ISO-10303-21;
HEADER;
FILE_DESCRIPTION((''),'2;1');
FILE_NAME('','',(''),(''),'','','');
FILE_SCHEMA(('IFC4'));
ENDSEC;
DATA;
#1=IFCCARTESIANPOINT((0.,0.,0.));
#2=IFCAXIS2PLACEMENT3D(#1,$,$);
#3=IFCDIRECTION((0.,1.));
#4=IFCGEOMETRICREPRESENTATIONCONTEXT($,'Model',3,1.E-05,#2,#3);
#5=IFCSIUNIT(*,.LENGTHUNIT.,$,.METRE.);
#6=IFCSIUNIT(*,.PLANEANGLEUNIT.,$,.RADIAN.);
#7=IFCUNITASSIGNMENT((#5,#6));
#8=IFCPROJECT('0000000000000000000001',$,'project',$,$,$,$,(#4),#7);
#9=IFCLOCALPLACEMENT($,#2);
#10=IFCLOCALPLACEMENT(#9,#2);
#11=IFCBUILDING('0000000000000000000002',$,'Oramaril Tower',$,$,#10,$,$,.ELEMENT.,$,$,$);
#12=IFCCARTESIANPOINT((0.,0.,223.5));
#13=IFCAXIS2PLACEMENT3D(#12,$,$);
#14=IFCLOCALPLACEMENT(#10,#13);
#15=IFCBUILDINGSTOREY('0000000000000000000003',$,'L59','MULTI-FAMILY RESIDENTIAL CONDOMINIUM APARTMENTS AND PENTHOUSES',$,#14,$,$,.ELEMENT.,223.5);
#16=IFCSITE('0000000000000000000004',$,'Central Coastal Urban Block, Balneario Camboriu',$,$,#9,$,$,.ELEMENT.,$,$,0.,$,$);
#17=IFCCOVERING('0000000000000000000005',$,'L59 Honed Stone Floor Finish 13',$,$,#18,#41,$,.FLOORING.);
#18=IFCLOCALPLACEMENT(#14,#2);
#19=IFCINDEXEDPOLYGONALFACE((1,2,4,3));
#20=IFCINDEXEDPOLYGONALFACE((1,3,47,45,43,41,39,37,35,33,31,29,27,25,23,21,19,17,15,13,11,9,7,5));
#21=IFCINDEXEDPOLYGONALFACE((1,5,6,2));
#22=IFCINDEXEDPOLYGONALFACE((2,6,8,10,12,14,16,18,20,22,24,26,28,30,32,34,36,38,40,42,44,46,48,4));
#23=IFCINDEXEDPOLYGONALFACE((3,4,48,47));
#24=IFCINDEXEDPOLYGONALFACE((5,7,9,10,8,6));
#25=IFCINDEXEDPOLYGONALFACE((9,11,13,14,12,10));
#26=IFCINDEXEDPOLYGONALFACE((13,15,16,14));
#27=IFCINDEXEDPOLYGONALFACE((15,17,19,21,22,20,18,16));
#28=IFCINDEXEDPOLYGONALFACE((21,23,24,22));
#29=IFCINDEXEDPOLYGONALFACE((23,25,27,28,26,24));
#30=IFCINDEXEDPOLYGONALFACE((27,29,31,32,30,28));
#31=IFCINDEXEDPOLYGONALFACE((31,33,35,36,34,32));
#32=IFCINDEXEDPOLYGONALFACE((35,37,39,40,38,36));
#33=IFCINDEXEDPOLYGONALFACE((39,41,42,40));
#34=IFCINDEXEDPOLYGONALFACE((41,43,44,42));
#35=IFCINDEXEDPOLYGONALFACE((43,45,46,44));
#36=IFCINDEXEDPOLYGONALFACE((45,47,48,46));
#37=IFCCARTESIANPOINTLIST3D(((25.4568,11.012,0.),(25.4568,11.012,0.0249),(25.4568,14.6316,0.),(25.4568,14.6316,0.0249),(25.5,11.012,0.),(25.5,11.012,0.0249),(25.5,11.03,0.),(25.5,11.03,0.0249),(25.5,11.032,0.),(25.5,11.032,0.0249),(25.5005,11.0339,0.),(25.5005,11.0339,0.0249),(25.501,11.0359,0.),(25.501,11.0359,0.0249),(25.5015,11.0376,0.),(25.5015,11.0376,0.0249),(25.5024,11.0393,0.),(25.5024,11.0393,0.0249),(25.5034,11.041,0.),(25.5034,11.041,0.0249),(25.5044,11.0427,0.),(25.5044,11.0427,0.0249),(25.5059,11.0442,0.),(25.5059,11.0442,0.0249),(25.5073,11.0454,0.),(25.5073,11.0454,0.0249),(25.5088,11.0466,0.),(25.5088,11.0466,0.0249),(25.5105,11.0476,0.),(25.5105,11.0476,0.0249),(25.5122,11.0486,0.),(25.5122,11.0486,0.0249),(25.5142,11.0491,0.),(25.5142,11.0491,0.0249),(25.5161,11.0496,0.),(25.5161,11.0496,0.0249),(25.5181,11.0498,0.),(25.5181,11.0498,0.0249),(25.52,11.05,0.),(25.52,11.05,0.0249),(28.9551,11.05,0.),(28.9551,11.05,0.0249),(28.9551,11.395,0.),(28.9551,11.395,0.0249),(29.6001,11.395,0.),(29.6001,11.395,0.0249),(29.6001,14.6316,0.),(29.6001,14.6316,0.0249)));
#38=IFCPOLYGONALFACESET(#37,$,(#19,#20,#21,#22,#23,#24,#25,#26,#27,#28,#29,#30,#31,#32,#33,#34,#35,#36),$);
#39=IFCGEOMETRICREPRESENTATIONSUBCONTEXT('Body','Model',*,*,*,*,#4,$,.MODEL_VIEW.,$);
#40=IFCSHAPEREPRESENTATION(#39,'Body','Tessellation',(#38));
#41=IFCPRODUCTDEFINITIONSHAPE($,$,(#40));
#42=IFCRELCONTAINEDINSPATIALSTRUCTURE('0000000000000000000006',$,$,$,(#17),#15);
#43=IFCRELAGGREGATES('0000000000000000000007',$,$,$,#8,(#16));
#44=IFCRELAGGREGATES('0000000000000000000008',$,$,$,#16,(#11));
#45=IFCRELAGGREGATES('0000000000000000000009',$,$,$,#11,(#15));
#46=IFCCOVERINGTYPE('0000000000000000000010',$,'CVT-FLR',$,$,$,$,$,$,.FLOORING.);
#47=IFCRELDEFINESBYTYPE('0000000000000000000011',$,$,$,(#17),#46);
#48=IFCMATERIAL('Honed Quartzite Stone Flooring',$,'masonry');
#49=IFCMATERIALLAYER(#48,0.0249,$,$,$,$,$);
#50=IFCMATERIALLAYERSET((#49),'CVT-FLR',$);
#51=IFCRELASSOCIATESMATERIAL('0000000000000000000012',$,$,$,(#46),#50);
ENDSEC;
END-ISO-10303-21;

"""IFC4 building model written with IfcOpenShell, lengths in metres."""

from ifc_helpers import new_model, si_unit, direction, frame, origin, place, context, subcontext, project, spatial, polyline, outline, extrude, material, layer, layer_set, type_object, element, save


model = new_model("IFC4")

# Units and contexts
model_context = context("Model", 3, precision=1e-05, world=origin(), true_north=direction((0.0, 1.0)))
body_context = subcontext(model_context, "Body", "Model", "MODEL_VIEW")
ifc_project = project(units=[si_unit("LENGTHUNIT", "METRE"), si_unit("PLANEANGLEUNIT", "RADIAN")], contexts=[model_context])

# Site, building, storey
site_placement = place(None, origin())
site = spatial("IfcSite", under=ifc_project, at=site_placement, Name="Central Coastal Urban Block, Balneario Camboriu", CompositionType="ELEMENT", RefElevation=0.0)
building_placement = place(site_placement, origin())
building = spatial("IfcBuilding", under=site, at=building_placement, Name="Oramaril Tower", CompositionType="ELEMENT")
storey_placement = place(building_placement, frame((0.0, 0.0, 223.5)))
storey = spatial("IfcBuildingStorey", under=building, at=storey_placement, Name="L59", Description="MULTI-FAMILY RESIDENTIAL CONDOMINIUM APARTMENTS AND PENTHOUSES", CompositionType="ELEMENT", Elevation=223.5)

# Covering
ifc_material_1 = material(Name="Honed Quartzite Stone Flooring", Category="masonry")
ifc_layer_1 = layer(ifc_material_1, 0.0249)
ifc_layer_set_1 = layer_set([ifc_layer_1], Name="CVT-FLR")
covering_type_1 = type_object("IfcCoveringType", Name="CVT-FLR", PredefinedType="FLOORING", material=ifc_layer_set_1)
covering_1_placement = place(storey_placement, origin())
element("IfcCovering", 1, at=covering_1_placement, inside=storey, type_object=covering_type_1, Name="L59 Honed Stone Floor Finish 13", PredefinedType="FLOORING", context=body_context, shape_type="SweptSolid", body=[
    extrude(outline(polyline([(29.6001, 11.395), (28.9551, 11.395), (28.9551, 11.05), (25.52, 11.05), (25.5181, 11.0498), (25.5161, 11.0496), (25.5142, 11.0491), (25.5122, 11.0486), (25.5105, 11.0476), (25.5088, 11.0466), (25.5073, 11.0454), (25.5059, 11.0442), (25.5044, 11.0427), (25.5034, 11.041), (25.5024, 11.0393), (25.5015, 11.0376), (25.501, 11.0359), (25.5005, 11.0339), (25.5, 11.032), (25.5, 11.03), (25.5, 11.012), (25.4568, 11.012), (25.4568, 14.6316), (29.6001, 14.6316), (29.6001, 11.395)])), origin(), (0.0, 0.0, 1.0), 0.0249),
])

save(model, "model.ifc")
